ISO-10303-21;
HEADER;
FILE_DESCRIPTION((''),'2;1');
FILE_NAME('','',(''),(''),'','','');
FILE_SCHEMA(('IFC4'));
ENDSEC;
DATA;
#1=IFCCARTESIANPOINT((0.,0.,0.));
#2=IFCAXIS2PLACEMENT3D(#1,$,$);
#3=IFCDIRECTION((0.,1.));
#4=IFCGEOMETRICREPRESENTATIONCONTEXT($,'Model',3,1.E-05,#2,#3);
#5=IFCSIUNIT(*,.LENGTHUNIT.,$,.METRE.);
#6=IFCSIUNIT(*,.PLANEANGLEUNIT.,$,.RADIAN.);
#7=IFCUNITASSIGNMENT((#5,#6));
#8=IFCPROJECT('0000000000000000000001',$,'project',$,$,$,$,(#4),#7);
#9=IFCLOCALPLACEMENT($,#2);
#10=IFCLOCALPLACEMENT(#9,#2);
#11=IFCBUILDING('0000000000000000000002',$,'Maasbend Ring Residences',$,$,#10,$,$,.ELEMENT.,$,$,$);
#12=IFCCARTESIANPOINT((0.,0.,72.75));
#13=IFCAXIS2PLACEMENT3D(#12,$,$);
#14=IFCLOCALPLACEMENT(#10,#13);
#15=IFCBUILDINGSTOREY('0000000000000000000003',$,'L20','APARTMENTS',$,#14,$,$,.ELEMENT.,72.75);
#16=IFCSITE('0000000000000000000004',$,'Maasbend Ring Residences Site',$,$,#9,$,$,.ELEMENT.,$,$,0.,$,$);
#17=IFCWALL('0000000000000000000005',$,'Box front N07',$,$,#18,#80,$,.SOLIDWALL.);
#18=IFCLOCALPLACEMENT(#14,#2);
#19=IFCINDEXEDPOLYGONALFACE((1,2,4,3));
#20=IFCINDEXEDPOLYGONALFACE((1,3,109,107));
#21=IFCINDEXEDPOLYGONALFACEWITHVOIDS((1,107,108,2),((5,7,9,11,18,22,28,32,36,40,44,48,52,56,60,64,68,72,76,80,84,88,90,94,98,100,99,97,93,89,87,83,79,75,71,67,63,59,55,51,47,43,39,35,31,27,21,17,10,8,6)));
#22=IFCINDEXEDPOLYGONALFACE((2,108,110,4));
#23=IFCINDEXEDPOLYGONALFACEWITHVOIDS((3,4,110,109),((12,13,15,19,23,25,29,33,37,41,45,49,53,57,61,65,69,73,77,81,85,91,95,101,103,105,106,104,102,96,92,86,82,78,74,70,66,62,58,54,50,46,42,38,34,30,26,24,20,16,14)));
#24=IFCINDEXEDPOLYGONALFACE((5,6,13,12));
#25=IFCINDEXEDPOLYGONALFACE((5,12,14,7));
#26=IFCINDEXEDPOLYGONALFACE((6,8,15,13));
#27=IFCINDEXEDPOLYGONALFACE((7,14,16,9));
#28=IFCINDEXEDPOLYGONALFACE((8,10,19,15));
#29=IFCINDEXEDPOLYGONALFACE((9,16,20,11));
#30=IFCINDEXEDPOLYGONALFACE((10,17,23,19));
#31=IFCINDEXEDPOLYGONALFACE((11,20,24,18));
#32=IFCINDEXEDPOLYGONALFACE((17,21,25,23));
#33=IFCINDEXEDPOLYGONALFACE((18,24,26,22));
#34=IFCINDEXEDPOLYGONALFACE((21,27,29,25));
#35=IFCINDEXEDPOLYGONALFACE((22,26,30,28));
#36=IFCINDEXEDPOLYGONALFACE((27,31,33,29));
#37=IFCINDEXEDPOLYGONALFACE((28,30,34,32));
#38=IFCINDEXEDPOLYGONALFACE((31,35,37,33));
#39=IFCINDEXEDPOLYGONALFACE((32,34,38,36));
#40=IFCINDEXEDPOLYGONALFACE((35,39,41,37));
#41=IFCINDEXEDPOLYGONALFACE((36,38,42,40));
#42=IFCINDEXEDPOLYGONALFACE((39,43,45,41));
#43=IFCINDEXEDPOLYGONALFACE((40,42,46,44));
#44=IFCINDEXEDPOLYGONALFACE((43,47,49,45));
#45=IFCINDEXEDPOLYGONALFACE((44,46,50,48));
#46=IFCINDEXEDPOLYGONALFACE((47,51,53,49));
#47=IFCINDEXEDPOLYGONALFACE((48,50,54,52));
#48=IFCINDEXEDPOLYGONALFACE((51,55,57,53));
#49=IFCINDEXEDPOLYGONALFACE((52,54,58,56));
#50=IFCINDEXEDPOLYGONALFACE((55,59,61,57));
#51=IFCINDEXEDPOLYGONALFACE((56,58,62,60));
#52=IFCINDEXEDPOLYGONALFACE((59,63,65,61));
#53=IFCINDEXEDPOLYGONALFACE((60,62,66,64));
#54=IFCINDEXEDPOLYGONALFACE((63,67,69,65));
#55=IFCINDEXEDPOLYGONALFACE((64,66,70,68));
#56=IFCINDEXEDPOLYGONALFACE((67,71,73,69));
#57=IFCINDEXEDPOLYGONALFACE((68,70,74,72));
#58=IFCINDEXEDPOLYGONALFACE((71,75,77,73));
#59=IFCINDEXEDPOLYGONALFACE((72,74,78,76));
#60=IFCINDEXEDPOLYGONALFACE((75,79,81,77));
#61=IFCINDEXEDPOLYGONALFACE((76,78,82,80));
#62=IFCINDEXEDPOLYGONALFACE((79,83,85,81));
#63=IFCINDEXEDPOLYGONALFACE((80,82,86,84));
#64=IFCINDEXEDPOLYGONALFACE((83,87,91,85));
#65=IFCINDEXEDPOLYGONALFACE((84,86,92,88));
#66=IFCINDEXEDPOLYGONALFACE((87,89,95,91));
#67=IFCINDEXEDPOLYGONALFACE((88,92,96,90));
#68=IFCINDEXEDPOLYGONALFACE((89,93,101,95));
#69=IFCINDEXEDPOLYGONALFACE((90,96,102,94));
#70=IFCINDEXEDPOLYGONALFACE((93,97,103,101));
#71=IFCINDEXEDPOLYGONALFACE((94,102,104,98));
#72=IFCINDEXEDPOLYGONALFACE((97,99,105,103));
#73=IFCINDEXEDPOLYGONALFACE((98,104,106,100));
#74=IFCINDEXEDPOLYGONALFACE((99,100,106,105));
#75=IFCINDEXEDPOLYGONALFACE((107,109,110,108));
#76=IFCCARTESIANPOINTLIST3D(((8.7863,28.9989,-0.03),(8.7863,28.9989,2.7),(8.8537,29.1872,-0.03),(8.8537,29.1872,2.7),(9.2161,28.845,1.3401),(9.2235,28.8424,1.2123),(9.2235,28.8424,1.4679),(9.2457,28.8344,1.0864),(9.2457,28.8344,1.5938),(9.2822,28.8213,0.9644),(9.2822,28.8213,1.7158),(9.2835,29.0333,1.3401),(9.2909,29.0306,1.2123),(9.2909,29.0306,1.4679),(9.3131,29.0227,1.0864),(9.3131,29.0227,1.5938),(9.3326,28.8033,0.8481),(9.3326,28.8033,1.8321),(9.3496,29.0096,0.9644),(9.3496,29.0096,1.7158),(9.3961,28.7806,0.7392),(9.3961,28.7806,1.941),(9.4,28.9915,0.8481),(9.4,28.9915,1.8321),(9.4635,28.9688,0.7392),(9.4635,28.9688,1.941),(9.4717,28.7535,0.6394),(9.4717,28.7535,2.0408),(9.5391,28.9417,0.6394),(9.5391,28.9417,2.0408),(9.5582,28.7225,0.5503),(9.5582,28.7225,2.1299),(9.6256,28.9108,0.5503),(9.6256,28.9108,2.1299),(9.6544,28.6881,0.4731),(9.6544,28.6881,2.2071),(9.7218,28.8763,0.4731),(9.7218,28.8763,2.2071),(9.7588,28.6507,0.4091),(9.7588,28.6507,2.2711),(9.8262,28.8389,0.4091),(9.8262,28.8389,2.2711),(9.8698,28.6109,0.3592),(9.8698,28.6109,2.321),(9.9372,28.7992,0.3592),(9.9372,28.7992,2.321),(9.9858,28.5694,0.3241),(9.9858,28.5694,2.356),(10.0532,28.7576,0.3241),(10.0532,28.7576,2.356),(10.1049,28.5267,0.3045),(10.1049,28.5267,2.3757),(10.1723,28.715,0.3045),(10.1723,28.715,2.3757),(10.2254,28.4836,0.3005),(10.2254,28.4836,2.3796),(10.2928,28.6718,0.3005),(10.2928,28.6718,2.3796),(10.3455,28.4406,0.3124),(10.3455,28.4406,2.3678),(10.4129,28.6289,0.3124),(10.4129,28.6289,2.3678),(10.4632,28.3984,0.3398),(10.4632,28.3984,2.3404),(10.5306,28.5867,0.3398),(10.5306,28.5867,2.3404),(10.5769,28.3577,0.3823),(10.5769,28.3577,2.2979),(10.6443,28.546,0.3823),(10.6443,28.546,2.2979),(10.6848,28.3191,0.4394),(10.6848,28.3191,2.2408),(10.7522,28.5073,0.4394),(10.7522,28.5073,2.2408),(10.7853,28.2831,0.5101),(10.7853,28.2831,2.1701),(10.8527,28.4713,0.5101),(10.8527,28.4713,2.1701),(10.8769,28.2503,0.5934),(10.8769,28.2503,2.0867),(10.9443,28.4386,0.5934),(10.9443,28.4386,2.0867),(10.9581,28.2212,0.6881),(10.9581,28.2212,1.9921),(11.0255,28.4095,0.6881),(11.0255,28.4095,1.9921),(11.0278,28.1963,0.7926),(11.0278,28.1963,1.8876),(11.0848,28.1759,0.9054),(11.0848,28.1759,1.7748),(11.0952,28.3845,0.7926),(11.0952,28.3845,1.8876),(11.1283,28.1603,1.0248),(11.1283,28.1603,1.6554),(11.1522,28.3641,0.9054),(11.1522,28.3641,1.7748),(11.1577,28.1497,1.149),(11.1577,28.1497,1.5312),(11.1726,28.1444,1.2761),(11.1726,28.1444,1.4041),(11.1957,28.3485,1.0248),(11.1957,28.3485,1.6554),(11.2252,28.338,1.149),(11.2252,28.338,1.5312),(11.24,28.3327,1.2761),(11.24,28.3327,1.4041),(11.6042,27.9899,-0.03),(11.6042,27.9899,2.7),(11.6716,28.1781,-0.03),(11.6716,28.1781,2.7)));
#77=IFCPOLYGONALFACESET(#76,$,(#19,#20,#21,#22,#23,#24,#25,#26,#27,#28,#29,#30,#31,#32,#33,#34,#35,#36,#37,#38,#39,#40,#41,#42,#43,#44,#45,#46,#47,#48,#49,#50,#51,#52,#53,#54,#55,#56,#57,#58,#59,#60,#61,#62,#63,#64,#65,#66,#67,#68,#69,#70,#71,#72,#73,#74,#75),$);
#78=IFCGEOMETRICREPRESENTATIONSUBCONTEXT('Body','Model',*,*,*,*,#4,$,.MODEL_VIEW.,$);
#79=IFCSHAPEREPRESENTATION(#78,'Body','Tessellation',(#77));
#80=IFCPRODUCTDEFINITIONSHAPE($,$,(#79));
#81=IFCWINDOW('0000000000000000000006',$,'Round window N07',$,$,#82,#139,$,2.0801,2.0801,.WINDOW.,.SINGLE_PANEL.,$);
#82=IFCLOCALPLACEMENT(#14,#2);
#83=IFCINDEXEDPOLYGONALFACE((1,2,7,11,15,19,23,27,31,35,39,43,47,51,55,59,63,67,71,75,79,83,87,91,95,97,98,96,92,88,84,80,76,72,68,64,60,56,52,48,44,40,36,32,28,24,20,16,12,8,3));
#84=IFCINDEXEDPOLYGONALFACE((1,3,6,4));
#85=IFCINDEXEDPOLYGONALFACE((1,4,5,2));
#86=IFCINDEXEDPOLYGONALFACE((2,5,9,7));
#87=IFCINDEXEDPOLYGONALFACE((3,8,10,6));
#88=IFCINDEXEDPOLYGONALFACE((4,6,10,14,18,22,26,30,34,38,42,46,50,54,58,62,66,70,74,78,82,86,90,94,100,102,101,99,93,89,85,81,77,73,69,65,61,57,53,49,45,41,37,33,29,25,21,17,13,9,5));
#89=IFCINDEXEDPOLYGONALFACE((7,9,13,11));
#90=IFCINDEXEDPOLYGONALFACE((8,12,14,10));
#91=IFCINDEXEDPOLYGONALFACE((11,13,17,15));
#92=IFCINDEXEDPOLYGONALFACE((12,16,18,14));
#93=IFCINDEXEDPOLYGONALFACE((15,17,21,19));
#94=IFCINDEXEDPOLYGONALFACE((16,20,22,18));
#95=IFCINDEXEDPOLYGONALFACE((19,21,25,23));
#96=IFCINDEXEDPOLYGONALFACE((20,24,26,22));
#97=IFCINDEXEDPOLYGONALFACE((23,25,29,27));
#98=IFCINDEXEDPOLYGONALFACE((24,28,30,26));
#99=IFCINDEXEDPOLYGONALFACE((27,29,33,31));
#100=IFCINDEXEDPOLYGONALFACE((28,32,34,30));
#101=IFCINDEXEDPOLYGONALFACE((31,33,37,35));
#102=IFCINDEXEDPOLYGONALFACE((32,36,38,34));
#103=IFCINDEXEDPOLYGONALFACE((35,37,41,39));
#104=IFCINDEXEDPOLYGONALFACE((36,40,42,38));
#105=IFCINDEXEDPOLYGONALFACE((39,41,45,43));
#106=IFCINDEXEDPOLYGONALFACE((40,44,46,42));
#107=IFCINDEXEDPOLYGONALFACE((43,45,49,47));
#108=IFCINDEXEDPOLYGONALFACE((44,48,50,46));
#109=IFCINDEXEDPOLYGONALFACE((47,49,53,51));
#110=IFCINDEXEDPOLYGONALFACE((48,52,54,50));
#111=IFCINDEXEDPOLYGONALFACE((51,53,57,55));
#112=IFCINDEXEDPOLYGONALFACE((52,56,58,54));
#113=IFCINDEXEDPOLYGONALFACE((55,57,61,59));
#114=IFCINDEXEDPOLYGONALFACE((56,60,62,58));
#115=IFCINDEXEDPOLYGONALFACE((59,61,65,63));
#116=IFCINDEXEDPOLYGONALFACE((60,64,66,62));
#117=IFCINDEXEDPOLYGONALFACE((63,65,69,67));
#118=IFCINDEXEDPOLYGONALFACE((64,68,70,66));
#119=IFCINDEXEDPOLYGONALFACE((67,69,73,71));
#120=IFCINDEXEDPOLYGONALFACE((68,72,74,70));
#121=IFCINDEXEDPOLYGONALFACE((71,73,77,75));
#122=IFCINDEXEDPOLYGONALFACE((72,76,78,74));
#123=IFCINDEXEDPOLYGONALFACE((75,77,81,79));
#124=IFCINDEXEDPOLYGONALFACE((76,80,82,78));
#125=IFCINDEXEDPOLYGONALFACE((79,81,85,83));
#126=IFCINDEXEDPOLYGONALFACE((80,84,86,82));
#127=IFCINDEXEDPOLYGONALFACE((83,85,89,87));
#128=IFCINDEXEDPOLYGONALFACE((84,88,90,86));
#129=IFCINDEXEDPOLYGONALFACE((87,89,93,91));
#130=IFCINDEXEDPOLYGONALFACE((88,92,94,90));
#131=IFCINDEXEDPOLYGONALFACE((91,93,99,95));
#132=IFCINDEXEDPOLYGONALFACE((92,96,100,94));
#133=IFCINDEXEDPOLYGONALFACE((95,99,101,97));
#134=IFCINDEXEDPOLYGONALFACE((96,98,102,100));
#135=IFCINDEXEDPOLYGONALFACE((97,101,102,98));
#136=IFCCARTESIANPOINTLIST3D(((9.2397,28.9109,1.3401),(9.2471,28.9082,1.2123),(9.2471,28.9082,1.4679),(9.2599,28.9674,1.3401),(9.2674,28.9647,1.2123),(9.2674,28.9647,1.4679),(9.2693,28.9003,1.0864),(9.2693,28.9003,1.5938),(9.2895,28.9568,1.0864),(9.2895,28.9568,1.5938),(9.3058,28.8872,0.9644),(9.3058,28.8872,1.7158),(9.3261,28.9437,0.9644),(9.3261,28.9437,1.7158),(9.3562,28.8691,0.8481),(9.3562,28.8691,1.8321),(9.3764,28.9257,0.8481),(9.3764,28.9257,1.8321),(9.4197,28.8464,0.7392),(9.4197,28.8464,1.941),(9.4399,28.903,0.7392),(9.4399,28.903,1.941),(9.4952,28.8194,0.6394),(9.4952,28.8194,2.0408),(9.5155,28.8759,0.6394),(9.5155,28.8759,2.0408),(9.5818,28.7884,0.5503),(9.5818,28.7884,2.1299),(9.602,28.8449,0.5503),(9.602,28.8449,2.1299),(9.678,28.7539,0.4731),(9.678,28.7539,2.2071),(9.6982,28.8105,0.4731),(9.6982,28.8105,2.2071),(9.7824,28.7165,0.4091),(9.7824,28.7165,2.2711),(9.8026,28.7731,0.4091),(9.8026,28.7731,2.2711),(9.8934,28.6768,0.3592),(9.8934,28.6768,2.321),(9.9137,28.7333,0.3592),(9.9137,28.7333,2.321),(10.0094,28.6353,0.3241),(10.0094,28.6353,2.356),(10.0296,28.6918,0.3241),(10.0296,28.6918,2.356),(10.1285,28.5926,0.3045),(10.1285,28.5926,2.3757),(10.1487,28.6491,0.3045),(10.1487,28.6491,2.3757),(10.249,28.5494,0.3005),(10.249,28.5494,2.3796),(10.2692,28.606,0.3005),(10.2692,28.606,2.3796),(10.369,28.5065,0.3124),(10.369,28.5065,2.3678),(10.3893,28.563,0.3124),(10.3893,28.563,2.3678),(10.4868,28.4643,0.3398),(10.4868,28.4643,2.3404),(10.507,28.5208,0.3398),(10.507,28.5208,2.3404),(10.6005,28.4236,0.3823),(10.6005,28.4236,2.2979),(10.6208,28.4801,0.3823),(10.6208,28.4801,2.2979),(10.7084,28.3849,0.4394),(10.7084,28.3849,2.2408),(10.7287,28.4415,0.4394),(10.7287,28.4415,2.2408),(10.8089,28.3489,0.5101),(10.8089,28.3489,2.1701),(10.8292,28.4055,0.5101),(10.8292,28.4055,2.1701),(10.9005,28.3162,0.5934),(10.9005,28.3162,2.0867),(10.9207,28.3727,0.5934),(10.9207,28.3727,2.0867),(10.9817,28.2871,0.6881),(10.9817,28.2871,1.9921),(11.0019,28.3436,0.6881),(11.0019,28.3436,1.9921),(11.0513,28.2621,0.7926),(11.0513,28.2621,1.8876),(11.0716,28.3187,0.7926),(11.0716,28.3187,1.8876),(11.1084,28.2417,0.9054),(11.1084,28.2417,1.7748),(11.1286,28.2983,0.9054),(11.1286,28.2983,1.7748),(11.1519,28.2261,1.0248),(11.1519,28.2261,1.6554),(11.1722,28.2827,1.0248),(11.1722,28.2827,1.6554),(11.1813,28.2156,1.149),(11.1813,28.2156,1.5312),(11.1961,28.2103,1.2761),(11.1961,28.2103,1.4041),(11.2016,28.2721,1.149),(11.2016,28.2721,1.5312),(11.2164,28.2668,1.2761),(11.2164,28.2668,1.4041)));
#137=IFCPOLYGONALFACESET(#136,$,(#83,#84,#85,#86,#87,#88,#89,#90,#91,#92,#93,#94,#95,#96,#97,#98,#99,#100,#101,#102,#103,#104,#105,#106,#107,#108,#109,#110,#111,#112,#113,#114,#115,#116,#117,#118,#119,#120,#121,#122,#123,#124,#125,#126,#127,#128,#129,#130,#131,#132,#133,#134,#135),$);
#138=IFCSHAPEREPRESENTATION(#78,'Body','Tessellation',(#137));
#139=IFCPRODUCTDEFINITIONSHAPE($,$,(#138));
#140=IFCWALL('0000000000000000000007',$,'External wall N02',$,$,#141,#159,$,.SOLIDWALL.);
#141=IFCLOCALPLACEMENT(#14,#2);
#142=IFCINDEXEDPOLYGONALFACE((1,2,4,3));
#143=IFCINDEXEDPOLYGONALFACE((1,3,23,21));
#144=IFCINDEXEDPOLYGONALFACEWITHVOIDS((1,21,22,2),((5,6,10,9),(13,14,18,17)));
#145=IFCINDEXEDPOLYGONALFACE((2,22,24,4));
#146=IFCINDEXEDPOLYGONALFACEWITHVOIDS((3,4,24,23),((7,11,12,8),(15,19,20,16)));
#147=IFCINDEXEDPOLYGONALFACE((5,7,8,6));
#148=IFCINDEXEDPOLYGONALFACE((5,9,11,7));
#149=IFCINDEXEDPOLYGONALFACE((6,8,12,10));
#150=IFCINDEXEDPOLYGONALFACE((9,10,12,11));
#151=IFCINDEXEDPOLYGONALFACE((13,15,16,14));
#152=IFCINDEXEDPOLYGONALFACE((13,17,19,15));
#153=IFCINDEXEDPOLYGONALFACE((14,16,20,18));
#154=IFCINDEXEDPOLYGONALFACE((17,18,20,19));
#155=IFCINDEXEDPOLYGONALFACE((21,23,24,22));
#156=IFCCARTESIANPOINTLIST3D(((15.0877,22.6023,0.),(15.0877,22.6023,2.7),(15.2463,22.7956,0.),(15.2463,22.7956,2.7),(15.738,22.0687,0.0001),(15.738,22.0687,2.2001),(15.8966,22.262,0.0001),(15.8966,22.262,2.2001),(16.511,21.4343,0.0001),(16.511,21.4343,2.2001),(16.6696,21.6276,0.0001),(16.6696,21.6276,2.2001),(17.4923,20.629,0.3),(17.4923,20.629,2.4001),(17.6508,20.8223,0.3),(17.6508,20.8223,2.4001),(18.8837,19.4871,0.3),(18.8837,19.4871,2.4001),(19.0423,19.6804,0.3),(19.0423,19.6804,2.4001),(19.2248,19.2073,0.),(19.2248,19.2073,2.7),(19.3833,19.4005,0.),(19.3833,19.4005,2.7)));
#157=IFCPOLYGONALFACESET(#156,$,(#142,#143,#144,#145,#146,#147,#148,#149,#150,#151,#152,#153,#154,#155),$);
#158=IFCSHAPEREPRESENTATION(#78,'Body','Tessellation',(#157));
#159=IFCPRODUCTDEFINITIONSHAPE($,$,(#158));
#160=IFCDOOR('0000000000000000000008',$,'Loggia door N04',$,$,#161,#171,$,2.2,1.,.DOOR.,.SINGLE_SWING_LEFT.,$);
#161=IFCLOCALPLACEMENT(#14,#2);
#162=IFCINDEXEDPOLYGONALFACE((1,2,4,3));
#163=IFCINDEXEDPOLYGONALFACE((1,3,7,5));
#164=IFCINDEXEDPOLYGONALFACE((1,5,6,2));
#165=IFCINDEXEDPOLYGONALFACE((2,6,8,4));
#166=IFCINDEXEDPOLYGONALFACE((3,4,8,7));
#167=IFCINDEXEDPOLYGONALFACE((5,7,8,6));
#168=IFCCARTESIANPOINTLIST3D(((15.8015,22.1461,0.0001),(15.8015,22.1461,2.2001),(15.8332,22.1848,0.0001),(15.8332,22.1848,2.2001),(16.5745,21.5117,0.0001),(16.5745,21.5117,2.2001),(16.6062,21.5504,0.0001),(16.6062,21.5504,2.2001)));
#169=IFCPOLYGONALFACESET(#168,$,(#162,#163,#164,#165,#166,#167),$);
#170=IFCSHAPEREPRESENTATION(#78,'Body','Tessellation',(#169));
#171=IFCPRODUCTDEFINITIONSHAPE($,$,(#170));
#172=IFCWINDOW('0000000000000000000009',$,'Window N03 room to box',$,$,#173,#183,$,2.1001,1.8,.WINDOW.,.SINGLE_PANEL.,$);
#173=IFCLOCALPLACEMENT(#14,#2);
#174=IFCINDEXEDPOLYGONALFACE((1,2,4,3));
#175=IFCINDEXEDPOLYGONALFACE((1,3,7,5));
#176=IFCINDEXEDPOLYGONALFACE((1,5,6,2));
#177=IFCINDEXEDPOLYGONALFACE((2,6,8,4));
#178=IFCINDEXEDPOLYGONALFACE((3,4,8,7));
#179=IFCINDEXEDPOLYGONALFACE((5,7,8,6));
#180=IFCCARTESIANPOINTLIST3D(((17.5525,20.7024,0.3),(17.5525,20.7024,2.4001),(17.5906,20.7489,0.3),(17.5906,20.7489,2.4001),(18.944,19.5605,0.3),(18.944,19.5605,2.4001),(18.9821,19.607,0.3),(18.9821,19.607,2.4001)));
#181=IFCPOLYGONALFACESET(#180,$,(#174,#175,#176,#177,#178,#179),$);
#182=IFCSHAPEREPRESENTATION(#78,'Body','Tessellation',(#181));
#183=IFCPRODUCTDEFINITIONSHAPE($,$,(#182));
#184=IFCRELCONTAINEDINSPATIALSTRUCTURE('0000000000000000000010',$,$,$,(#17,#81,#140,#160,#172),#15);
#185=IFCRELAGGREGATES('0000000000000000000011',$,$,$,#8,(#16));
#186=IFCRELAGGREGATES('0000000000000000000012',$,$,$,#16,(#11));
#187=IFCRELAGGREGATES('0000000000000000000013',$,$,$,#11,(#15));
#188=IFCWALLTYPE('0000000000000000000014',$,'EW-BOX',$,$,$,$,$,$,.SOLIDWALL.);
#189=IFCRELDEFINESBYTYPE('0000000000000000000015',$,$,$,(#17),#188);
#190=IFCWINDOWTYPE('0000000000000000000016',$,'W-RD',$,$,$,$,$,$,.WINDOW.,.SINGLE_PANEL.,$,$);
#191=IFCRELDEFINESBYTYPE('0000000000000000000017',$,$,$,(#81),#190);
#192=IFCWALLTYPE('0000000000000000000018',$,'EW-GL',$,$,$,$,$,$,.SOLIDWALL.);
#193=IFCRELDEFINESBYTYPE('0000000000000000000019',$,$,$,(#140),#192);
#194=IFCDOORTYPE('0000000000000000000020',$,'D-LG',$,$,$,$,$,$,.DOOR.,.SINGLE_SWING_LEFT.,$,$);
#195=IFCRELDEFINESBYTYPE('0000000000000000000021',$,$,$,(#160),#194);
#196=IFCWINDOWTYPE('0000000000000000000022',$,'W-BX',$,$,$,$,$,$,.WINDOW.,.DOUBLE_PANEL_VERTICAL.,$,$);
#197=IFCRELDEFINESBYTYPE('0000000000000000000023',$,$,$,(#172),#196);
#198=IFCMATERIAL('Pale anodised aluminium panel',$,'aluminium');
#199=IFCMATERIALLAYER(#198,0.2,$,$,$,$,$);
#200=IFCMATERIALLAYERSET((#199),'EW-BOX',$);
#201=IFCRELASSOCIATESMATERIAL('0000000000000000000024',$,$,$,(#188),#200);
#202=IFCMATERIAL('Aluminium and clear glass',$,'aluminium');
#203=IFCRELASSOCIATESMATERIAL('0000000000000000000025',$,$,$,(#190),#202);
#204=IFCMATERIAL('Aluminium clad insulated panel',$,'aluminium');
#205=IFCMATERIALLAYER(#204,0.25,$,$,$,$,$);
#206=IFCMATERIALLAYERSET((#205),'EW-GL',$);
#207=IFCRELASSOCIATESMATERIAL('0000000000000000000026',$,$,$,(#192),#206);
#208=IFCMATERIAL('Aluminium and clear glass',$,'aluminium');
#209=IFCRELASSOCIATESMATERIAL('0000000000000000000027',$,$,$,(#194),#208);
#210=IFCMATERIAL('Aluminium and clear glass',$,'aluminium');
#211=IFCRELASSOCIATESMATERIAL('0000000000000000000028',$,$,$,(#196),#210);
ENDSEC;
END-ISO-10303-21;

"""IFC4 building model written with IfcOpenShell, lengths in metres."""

from ifc_helpers import new_model, si_unit, direction, frame, frame_2d, origin, place, context, subcontext, project, spatial, rectangle, circle, extrude, material, layer, layer_set, type_object, element, fill, save


model = new_model("IFC4")

# Units and contexts
model_context = context("Model", 3, precision=1e-05, world=origin(), true_north=direction((0.0, 1.0)))
body_context = subcontext(model_context, "Body", "Model", "MODEL_VIEW")
ifc_project = project(units=[si_unit("LENGTHUNIT", "METRE"), si_unit("PLANEANGLEUNIT", "RADIAN")], contexts=[model_context])

# Site, building, storey
site_placement = place(None, origin())
site = spatial("IfcSite", under=ifc_project, at=site_placement, Name="Maasbend Ring Residences Site", CompositionType="ELEMENT", RefElevation=0.0)
building_placement = place(site_placement, origin())
building = spatial("IfcBuilding", under=site, at=building_placement, Name="Maasbend Ring Residences", CompositionType="ELEMENT")
storey_placement = place(building_placement, frame((0.0, 0.0, 72.75)))
storey = spatial("IfcBuildingStorey", under=building, at=storey_placement, Name="L20", Description="APARTMENTS", CompositionType="ELEMENT", Elevation=72.75)

# Shared definitions
ifc_material_1 = material(Name="Pale anodised aluminium panel", Category="aluminium")
ifc_layer_1 = layer(ifc_material_1, 0.2)
ifc_layer_set_1 = layer_set([ifc_layer_1], Name="EW-BOX")
wall_type_1 = type_object("IfcWallType", Name="EW-BOX", PredefinedType="SOLIDWALL", material=ifc_layer_set_1)
ifc_material_2 = material(Name="Aluminium and clear glass", Category="aluminium")
window_type_1 = type_object("IfcWindowType", Name="W-RD", PartitioningType="SINGLE_PANEL", PredefinedType="WINDOW", material=ifc_material_2)

# Wall, opening, window
wall_1_placement = place(storey_placement, frame((11.6379, 28.084, -0.03), z_axis=(0.0, 0.0, 1.0), x_axis=(-0.941461, 0.337122, 0.0)))
wall_1 = element("IfcWall", 1, at=wall_1_placement, inside=storey, type_object=wall_type_1, Name="Box front N07", PredefinedType="SOLIDWALL", context=body_context, shape_type="SweptSolid", body=[
    extrude(rectangle(XDim=2.9932, YDim=0.2, at=frame_2d((1.4966, 0.0))), origin(), (0.0, 0.0, 1.0), 2.73),
])
opening_1_placement = place(wall_1_placement, frame((0.4565, 0.0, 0.3301)))
opening_1 = element("IfcOpeningElement", 2, at=opening_1_placement, cuts=wall_1, PredefinedType="OPENING", context=body_context, shape_type="SweptSolid", body=[
    extrude(circle(Radius=1.04, at=frame_2d((1.04, 1.04))), frame((0.0, 0.1099, 0.0), z_axis=(0.0, -1.0, 0.0), x_axis=(1.0, 0.0, 0.0)), (0.0, 0.0, 1.0), 0.22),
])
window_1_placement = place(opening_1_placement, origin())
window_1 = element("IfcWindow", 3, at=window_1_placement, inside=storey, type_object=window_type_1, Name="Round window N07", OverallHeight=2.0801, OverallWidth=2.0801, PartitioningType="SINGLE_PANEL", PredefinedType="WINDOW", context=body_context, shape_type="SweptSolid", body=[
    extrude(circle(Radius=1.04, at=frame_2d((1.04, 1.04))), frame((0.0, 0.03, 0.0), z_axis=(0.0, -1.0, 0.0), x_axis=(1.0, 0.0, 0.0)), (0.0, 0.0, 1.0), 0.0601),
])
fill(opening_1, window_1)

# Wall, openings, door, window
ifc_material_3 = material(Name="Aluminium clad insulated panel", Category="aluminium")
ifc_layer_2 = layer(ifc_material_3, 0.25)
ifc_layer_set_2 = layer_set([ifc_layer_2], Name="EW-GL")
wall_type_2 = type_object("IfcWallType", Name="EW-GL", PredefinedType="SOLIDWALL", material=ifc_layer_set_2)
wall_2_placement = place(storey_placement, frame((19.304, 19.304, 0.0), z_axis=(0.0, 0.0, 1.0), x_axis=(-0.773019, 0.634382, 0.0)))
wall_2 = element("IfcWall", 4, at=wall_2_placement, inside=storey, type_object=wall_type_2, Name="External wall N02", PredefinedType="SOLIDWALL", context=body_context, shape_type="SweptSolid", body=[
    extrude(rectangle(XDim=5.3518, YDim=0.25, at=frame_2d((2.6758, 0.0))), origin(), (0.0, 0.0, 1.0), 2.7),
])
opening_2_placement = place(wall_2_placement, frame((0.4412, 0.0, 0.3)))
opening_2 = element("IfcOpeningElement", 5, at=opening_2_placement, cuts=wall_2, PredefinedType="OPENING", context=body_context, shape_type="SweptSolid", body=[
    extrude(rectangle(XDim=1.8, YDim=2.1001, at=frame_2d((0.8999, 1.05))), frame((0.0, 0.135, 0.0), z_axis=(0.0, -1.0, 0.0), x_axis=(1.0, 0.0, 0.0)), (0.0, 0.0, 1.0), 0.27),
])
opening_3_placement = place(wall_2_placement, frame((3.5105, 0.0, 0.0)))
opening_3 = element("IfcOpeningElement", 6, at=opening_3_placement, cuts=wall_2, PredefinedType="OPENING", context=body_context, shape_type="SweptSolid", body=[
    extrude(rectangle(XDim=1.0, YDim=2.2, at=frame_2d((0.5, 1.1001))), frame((0.0, 0.135, 0.0), z_axis=(0.0, -1.0, 0.0), x_axis=(1.0, 0.0, 0.0)), (0.0, 0.0, 1.0), 0.27),
])
ifc_material_4 = material(Name="Aluminium and clear glass", Category="aluminium")
door_type = type_object("IfcDoorType", Name="D-LG", OperationType="SINGLE_SWING_LEFT", PredefinedType="DOOR", material=ifc_material_4)
door_1_placement = place(opening_3_placement, origin())
door_1 = element("IfcDoor", 7, at=door_1_placement, inside=storey, type_object=door_type, Name="Loggia door N04", OperationType="SINGLE_SWING_LEFT", OverallHeight=2.2, OverallWidth=1.0, PredefinedType="DOOR", context=body_context, shape_type="SweptSolid", body=[
    extrude(rectangle(XDim=1.0, YDim=2.2, at=frame_2d((0.5, 1.1001))), frame((0.0, 0.0249, 0.0), z_axis=(0.0, -1.0, 0.0), x_axis=(1.0, 0.0, 0.0)), (0.0, 0.0, 1.0), 0.05),
])
fill(opening_3, door_1)
ifc_material_5 = material(Name="Aluminium and clear glass", Category="aluminium")
window_type_2 = type_object("IfcWindowType", Name="W-BX", PartitioningType="DOUBLE_PANEL_VERTICAL", PredefinedType="WINDOW", material=ifc_material_5)
window_2_placement = place(opening_2_placement, origin())
window_2 = element("IfcWindow", 8, at=window_2_placement, inside=storey, type_object=window_type_2, Name="Window N03 room to box", OverallHeight=2.1001, OverallWidth=1.8, PartitioningType="SINGLE_PANEL", PredefinedType="WINDOW", context=body_context, shape_type="SweptSolid", body=[
    extrude(rectangle(XDim=1.8, YDim=2.1001, at=frame_2d((0.8999, 1.05))), frame((0.0, 0.03, 0.0), z_axis=(0.0, -1.0, 0.0), x_axis=(1.0, 0.0, 0.0)), (0.0, 0.0, 1.0), 0.0601),
])
fill(opening_2, window_2)

save(model, "model.ifc")
